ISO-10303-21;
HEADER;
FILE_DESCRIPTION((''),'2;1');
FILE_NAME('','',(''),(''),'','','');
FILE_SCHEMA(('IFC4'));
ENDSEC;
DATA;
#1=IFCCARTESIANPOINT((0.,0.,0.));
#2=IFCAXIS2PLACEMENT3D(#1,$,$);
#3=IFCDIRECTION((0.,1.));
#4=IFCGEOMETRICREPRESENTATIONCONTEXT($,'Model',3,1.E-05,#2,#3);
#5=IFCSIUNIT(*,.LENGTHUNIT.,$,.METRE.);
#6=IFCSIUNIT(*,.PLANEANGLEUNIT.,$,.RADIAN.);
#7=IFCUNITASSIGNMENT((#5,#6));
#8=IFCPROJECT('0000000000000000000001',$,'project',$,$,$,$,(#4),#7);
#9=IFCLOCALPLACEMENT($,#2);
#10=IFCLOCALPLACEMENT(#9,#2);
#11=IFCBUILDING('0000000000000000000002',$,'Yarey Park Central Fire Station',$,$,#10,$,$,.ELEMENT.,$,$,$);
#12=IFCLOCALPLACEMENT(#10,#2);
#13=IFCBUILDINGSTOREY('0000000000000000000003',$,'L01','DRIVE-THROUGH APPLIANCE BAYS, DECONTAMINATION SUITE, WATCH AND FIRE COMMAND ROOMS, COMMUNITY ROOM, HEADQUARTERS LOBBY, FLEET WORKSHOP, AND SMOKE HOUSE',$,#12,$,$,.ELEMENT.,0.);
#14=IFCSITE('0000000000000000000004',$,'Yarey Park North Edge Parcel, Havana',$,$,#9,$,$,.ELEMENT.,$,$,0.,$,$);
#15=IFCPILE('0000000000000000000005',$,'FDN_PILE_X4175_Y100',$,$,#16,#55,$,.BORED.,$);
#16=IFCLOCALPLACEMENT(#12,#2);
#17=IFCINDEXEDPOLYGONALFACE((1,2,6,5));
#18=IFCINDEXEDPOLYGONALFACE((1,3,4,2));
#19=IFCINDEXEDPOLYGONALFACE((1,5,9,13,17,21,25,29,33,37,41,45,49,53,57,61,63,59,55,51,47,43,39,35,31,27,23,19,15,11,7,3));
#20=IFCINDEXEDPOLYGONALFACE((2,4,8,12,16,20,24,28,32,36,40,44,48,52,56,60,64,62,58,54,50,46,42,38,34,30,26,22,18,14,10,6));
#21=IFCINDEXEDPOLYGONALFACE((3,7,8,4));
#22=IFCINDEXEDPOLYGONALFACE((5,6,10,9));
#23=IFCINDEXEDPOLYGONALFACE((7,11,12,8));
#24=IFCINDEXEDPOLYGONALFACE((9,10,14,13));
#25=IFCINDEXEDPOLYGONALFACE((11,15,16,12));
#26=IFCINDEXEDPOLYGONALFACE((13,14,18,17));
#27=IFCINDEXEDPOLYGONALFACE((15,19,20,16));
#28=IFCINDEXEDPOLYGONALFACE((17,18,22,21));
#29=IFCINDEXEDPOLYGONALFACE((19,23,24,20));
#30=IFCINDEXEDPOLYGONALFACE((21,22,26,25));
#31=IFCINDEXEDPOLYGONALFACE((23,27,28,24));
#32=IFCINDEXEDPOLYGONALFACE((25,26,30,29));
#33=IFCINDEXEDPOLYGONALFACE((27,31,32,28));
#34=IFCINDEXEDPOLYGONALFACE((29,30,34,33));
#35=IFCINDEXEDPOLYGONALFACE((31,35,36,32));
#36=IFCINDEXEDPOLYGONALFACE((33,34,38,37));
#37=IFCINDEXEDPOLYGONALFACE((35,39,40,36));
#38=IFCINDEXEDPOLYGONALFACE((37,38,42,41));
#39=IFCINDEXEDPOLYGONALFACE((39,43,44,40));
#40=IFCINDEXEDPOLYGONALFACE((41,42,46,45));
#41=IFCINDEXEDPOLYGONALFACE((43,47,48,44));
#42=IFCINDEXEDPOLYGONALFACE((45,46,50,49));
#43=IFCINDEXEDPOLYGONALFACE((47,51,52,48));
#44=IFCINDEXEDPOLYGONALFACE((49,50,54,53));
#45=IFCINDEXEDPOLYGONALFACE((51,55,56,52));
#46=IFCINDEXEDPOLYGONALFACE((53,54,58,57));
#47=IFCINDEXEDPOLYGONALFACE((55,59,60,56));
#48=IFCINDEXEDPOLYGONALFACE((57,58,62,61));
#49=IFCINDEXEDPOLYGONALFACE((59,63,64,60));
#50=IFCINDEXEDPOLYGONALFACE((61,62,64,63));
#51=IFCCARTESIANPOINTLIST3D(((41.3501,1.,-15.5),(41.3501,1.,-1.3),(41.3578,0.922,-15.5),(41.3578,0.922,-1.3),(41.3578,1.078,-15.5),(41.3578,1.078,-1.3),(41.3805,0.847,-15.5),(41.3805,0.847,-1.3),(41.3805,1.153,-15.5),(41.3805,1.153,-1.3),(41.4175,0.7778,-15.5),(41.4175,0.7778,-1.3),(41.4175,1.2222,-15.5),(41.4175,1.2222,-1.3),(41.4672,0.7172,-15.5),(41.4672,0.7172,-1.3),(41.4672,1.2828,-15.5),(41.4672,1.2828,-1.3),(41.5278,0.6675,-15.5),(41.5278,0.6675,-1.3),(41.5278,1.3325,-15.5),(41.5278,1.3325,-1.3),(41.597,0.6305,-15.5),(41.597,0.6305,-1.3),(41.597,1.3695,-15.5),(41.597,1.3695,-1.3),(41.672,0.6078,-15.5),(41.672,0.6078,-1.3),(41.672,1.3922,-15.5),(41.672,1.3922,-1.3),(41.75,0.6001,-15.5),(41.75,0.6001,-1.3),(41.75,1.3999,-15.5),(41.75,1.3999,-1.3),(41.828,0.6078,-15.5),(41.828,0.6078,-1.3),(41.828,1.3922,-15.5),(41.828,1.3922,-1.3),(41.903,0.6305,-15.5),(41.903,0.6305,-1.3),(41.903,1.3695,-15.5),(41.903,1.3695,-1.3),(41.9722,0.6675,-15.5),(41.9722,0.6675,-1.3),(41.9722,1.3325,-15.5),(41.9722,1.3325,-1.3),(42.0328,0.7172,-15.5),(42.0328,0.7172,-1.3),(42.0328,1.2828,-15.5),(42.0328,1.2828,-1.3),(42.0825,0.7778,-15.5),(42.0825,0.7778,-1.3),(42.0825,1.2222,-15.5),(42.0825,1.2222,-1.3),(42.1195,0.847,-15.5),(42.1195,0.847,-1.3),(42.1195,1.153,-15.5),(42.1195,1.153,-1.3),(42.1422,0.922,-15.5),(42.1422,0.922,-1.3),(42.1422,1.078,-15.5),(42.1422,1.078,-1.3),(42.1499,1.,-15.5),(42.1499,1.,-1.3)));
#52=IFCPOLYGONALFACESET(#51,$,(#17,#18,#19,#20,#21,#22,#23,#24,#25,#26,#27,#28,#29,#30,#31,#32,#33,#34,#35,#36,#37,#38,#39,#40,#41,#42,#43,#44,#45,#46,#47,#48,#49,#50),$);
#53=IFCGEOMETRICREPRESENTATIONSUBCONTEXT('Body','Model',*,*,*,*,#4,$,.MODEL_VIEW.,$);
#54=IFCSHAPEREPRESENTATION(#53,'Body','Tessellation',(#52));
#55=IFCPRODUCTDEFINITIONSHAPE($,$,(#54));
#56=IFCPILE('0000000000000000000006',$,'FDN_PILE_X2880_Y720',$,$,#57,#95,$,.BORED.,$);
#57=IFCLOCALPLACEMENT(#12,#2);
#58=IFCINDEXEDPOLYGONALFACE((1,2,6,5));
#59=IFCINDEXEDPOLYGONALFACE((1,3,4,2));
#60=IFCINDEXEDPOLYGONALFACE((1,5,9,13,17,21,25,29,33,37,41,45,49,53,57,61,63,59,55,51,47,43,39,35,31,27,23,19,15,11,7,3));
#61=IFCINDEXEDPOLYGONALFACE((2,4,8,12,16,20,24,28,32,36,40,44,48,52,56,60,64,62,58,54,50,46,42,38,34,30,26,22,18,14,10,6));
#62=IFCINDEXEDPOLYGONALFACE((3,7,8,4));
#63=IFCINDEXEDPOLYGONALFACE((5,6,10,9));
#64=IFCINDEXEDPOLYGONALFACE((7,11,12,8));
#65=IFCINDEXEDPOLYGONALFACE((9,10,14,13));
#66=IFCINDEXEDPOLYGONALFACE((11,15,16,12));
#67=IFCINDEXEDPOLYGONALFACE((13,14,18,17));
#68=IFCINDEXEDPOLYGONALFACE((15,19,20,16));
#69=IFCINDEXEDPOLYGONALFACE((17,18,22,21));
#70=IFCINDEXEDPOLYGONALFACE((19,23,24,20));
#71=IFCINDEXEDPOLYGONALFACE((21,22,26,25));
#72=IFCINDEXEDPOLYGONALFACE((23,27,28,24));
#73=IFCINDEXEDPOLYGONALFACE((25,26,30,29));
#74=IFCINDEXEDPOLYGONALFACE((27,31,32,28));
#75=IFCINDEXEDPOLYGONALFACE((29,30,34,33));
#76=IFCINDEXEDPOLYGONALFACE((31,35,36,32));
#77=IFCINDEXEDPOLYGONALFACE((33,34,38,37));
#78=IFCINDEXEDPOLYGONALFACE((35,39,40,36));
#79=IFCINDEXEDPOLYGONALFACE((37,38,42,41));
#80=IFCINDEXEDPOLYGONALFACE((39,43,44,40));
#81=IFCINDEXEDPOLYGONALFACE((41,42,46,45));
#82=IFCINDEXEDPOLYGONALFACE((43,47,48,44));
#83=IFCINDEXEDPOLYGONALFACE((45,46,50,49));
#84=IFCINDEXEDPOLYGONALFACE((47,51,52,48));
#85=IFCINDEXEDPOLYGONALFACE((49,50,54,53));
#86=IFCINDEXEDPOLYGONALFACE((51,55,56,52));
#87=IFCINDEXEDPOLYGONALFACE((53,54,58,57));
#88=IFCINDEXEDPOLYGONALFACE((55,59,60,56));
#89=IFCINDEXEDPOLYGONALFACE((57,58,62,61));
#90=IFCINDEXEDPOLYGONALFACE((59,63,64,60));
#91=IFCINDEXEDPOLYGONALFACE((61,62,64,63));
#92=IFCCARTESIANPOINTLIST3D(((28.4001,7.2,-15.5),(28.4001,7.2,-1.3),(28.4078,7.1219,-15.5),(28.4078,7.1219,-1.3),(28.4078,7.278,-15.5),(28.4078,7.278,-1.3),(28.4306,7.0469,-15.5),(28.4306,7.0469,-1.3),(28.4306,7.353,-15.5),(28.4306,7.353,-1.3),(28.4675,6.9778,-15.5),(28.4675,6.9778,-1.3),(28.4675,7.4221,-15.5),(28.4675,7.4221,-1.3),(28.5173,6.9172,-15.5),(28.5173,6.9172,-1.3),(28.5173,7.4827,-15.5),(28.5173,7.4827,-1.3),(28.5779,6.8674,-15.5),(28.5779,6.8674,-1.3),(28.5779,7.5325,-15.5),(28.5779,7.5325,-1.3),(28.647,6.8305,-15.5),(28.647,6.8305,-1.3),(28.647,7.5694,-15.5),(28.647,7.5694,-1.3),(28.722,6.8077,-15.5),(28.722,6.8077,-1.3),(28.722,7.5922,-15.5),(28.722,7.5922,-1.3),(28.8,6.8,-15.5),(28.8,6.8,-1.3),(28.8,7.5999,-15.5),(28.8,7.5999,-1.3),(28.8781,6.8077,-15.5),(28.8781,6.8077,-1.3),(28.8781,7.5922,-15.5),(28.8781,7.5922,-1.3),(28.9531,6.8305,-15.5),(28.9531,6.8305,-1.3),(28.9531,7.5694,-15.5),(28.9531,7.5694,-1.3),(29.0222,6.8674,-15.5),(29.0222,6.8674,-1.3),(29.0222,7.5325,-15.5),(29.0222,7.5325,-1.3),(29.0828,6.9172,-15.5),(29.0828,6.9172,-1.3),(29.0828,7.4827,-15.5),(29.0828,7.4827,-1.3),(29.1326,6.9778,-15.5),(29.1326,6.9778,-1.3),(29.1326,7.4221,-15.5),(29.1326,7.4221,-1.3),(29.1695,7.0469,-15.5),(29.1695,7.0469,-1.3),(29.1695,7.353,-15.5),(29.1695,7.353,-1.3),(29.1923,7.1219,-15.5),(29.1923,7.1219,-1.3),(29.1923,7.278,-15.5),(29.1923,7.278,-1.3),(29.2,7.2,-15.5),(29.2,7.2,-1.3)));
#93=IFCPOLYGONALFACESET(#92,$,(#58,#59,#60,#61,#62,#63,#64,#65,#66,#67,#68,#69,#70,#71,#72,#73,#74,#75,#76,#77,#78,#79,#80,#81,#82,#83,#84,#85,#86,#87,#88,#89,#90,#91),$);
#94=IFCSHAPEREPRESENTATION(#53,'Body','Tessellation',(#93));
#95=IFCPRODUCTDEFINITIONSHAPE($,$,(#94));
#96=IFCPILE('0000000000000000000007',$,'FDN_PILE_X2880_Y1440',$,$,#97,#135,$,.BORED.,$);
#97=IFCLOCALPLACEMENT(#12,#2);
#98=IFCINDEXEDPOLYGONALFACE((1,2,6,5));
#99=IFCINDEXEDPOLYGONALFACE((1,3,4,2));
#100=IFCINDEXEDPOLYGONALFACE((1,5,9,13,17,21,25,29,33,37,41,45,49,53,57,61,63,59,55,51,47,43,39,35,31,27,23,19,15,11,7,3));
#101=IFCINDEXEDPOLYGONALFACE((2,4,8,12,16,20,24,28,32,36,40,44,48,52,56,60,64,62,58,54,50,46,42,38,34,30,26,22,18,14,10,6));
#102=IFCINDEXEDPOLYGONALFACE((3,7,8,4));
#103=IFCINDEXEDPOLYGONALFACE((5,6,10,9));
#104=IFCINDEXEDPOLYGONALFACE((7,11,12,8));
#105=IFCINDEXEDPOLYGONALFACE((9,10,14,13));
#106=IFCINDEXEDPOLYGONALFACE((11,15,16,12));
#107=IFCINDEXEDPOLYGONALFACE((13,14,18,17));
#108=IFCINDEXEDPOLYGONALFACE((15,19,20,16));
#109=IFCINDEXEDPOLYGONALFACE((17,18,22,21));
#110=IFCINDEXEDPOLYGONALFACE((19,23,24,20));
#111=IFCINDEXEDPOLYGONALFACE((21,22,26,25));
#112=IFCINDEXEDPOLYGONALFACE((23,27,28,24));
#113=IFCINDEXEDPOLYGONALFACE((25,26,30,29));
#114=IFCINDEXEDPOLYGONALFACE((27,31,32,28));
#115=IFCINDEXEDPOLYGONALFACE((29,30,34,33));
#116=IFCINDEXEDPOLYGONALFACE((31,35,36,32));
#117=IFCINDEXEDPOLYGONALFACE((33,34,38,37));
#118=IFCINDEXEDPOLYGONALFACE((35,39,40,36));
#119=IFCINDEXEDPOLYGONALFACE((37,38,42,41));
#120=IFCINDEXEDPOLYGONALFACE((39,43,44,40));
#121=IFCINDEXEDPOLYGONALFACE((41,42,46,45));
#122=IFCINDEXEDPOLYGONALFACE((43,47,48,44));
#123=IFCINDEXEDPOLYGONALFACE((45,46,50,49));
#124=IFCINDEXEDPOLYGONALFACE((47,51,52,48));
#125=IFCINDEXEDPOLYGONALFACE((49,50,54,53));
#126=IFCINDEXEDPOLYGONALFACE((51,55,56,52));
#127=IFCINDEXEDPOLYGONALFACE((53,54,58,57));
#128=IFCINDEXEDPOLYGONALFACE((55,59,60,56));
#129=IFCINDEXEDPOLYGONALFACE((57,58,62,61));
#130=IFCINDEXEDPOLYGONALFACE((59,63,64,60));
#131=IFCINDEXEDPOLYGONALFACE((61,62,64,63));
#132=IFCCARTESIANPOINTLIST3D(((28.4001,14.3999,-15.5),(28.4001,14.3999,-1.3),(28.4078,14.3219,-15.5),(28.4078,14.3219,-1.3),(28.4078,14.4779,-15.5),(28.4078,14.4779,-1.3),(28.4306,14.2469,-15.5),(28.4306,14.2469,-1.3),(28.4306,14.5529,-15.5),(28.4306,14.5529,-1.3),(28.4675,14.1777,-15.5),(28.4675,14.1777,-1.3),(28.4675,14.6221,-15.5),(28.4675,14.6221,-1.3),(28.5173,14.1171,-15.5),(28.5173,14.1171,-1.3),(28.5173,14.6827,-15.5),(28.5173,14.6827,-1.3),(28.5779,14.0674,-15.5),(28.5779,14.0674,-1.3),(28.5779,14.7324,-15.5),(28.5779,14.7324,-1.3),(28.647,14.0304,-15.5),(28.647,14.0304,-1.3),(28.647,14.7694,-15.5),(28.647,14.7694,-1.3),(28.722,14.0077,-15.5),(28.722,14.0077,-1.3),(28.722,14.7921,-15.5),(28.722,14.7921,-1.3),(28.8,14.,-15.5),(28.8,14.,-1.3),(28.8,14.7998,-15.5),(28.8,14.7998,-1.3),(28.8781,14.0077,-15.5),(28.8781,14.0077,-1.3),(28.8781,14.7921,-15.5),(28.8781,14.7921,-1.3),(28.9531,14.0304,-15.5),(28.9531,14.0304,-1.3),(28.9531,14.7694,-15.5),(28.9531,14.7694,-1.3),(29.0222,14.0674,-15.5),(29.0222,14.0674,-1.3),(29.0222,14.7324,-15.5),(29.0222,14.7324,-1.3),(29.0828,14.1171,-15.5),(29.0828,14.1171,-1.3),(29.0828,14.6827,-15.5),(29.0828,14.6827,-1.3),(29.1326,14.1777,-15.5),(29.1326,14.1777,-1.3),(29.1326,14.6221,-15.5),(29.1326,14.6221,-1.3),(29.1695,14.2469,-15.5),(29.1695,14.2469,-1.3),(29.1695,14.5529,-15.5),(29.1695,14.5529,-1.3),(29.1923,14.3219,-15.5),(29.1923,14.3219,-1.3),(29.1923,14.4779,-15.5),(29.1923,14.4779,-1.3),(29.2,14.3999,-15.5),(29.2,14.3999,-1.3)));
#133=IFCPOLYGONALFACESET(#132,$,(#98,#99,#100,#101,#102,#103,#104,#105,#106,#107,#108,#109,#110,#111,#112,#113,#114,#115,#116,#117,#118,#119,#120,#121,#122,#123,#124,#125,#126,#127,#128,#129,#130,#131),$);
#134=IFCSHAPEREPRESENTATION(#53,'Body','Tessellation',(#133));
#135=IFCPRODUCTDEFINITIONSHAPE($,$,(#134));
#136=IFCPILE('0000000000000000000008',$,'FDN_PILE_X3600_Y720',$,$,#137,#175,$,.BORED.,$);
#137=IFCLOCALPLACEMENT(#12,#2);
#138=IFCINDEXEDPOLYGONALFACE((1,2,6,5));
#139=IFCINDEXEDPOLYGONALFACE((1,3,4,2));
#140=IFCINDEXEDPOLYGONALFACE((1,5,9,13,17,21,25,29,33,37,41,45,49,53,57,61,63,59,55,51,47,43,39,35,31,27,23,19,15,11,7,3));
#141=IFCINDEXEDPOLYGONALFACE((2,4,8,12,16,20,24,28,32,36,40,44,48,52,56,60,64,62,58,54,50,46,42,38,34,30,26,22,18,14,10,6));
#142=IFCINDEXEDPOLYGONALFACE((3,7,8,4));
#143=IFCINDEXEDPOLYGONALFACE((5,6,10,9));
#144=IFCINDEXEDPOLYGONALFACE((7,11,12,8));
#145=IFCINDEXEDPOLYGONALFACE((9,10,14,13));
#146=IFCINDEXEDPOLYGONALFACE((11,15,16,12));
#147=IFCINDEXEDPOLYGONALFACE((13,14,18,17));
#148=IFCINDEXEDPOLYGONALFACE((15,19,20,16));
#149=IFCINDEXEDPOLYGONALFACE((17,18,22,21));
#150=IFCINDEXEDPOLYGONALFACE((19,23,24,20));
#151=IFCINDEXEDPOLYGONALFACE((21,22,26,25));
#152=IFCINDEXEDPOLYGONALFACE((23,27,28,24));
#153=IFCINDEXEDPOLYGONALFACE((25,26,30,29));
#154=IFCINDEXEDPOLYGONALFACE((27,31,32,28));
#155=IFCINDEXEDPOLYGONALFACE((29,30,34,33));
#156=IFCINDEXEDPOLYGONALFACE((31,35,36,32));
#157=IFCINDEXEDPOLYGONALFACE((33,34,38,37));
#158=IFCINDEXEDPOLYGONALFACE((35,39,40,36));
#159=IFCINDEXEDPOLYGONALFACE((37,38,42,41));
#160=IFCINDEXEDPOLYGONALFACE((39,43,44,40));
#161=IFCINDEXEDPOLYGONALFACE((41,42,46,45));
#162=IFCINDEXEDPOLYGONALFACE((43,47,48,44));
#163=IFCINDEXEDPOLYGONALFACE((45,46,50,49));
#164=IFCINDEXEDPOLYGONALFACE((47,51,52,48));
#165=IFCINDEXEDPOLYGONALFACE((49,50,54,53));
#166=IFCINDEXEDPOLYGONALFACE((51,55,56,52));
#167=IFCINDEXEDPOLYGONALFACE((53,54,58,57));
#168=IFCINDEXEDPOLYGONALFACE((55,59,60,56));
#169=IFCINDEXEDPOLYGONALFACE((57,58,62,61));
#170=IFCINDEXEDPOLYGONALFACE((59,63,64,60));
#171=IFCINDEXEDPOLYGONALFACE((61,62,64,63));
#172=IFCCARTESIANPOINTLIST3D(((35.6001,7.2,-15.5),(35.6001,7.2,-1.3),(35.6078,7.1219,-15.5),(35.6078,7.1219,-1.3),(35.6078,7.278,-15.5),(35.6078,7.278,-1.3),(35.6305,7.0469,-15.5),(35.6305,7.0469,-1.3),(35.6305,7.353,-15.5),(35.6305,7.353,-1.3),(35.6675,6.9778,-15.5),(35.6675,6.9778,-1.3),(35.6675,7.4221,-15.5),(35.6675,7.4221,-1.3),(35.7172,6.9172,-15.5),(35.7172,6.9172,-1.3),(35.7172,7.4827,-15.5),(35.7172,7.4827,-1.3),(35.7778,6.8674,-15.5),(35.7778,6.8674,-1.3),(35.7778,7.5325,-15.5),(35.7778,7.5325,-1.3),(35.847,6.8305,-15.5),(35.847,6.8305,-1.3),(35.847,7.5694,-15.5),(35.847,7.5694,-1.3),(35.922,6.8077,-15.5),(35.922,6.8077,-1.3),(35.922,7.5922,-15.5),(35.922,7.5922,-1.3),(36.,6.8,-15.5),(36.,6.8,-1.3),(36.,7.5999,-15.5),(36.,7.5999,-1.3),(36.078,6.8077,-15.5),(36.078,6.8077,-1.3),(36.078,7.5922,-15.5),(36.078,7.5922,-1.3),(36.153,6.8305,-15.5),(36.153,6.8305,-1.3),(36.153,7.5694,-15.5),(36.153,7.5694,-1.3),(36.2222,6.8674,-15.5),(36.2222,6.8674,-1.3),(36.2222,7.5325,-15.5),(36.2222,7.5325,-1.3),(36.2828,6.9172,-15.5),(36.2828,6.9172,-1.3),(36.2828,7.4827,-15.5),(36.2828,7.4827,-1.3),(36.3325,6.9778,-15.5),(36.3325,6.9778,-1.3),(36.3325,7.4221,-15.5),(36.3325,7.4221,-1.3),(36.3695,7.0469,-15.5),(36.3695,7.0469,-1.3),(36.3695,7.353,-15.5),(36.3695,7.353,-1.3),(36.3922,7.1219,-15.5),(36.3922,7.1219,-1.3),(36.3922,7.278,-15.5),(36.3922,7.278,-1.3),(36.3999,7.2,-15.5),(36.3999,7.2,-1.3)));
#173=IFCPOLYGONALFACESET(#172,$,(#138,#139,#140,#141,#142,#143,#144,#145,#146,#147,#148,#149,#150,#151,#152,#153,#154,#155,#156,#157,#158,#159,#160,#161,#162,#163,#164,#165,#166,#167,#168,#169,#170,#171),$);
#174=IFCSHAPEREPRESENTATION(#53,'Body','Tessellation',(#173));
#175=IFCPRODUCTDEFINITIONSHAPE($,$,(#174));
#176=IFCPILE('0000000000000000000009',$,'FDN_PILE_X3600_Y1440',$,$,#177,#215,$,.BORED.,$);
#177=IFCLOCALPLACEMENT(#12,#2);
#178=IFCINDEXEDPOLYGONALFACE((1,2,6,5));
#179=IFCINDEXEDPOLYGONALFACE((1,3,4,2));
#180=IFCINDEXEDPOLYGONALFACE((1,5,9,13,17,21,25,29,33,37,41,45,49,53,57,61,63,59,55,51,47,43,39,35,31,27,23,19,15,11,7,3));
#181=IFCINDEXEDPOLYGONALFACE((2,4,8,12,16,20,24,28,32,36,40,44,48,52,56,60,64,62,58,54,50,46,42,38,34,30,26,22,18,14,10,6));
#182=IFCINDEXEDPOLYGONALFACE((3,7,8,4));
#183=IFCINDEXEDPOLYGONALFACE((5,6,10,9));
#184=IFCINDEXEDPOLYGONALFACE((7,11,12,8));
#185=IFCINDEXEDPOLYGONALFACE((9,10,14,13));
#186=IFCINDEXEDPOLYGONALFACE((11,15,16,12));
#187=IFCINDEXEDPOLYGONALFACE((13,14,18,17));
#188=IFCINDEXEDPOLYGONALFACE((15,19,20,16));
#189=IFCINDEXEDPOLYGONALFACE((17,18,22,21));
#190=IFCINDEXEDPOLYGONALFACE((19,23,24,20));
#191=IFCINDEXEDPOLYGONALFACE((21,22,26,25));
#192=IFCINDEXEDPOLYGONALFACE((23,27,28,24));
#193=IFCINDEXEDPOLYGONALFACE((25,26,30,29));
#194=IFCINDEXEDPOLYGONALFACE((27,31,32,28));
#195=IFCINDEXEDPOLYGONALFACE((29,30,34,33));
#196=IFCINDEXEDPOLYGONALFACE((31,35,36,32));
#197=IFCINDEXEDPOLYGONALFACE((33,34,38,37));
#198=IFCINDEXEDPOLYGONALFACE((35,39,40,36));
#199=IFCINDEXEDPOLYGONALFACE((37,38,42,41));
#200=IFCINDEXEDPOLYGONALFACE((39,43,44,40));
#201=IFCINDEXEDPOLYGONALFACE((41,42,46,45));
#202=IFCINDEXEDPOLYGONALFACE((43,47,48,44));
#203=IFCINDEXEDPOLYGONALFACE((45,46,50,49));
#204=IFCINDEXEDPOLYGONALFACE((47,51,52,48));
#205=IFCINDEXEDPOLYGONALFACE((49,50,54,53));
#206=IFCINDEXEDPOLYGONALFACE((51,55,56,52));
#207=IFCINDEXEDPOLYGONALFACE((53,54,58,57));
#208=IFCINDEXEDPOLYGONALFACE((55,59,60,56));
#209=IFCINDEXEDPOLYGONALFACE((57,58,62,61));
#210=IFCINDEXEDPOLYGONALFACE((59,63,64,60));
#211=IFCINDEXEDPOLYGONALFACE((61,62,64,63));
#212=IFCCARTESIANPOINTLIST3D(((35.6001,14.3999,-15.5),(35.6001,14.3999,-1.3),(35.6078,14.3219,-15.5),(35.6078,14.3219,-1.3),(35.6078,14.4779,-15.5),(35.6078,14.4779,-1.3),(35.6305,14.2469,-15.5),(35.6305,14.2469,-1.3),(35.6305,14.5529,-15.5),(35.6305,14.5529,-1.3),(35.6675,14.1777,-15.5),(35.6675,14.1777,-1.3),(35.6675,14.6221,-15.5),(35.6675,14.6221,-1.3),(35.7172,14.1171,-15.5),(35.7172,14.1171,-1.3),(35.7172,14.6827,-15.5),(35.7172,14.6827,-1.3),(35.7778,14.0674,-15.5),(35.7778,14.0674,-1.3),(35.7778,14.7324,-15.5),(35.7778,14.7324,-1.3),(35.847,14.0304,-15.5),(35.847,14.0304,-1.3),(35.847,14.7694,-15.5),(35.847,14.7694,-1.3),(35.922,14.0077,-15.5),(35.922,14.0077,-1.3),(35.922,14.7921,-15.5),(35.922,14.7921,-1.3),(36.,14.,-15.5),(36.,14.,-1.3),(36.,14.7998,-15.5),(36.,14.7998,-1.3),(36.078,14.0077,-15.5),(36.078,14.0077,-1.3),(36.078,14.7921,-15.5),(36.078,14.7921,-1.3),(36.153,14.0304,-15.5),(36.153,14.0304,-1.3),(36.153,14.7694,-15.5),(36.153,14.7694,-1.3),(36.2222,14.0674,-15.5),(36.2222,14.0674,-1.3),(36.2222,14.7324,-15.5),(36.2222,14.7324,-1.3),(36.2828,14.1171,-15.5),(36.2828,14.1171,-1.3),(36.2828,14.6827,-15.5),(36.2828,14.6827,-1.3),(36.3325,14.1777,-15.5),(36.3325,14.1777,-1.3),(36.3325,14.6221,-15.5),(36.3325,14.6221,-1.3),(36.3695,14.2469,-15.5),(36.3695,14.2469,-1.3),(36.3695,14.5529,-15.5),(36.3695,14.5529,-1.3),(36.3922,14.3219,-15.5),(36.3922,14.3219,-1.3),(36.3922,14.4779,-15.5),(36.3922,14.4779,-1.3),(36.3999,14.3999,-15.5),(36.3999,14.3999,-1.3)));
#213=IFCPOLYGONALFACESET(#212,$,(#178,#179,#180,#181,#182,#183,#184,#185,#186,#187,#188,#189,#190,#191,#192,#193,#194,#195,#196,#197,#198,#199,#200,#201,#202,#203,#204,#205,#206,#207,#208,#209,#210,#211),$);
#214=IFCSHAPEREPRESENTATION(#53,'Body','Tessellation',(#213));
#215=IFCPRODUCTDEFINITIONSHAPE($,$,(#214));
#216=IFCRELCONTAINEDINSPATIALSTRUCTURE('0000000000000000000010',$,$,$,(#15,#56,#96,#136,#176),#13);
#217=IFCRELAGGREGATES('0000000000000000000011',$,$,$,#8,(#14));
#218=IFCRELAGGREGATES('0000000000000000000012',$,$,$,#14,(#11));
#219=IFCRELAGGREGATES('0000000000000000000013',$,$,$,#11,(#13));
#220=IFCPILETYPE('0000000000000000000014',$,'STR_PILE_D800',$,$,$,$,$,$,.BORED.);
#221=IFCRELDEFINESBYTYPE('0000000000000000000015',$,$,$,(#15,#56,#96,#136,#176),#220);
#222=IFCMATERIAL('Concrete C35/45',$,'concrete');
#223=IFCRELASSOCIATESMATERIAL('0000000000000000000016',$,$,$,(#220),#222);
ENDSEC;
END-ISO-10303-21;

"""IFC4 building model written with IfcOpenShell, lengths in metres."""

from ifc_helpers import new_model, si_unit, direction, frame, origin, origin_2d, place, context, subcontext, project, spatial, circle, extrude, material, material_profile, profile_set, type_object, element, save


model = new_model("IFC4")

# Units and contexts
model_context = context("Model", 3, precision=1e-05, world=origin(), true_north=direction((0.0, 1.0)))
body_context = subcontext(model_context, "Body", "Model", "MODEL_VIEW")
ifc_project = project(units=[si_unit("LENGTHUNIT", "METRE"), si_unit("PLANEANGLEUNIT", "RADIAN")], contexts=[model_context])

# Site, building, storey
site_placement = place(None, origin())
site = spatial("IfcSite", under=ifc_project, at=site_placement, Name="Yarey Park North Edge Parcel, Havana", CompositionType="ELEMENT", RefElevation=0.0)
building_placement = place(site_placement, origin())
building = spatial("IfcBuilding", under=site, at=building_placement, Name="Yarey Park Central Fire Station", CompositionType="ELEMENT")
storey_placement = place(building_placement, origin())
storey = spatial("IfcBuildingStorey", under=building, at=storey_placement, Name="L01", Description="DRIVE-THROUGH APPLIANCE BAYS, DECONTAMINATION SUITE, WATCH AND FIRE COMMAND ROOMS, COMMUNITY ROOM, HEADQUARTERS LOBBY, FLEET WORKSHOP, AND SMOKE HOUSE", CompositionType="ELEMENT", Elevation=0.0)

# Shared definitions
ifc_material_1 = material(Name="Concrete C35/45", Category="concrete")

# Piles
ifc_material_profile_1 = material_profile(ifc_material_1, circle(Radius=0.3999, at=origin_2d()), Name="BORED PILE D800")
ifc_profile_set_1 = profile_set([ifc_material_profile_1], Name="Concrete C35/45")
pile_type = type_object("IfcPileType", Name="STR_PILE_D800", PredefinedType="BORED", material=ifc_profile_set_1)
for number, where, z_axis, x_axis, name in (
    (1, (41.75, 1.0, -1.3), (0.0, 0.0, -1.0), (1.0, 0.0, 0.0), "FDN_PILE_X4175_Y100"),
    (2, (28.8, 7.2, -1.3), (0.0, 0.0, -1.0), (1.0, 0.0, 0.0), "FDN_PILE_X2880_Y720"),
    (3, (28.8, 14.3999, -1.3), (0.0, 0.0, -1.0), (1.0, 0.0, 0.0), "FDN_PILE_X2880_Y1440"),
    (4, (36.0, 7.2, -1.3), (0.0, 0.0, -1.0), (1.0, 0.0, 0.0), "FDN_PILE_X3600_Y720"),
    (5, (36.0, 14.3999, -1.3), (0.0, 0.0, -1.0), (1.0, 0.0, 0.0), "FDN_PILE_X3600_Y1440"),
):
    element("IfcPile", number, at=place(storey_placement, frame(where, z_axis=z_axis, x_axis=x_axis)), inside=storey, type_object=pile_type, Name=name, PredefinedType="BORED", context=body_context, shape_type="SweptSolid", body=[
        extrude(circle(Radius=0.3999, at=origin_2d()), origin(), (0.0, 0.0, 1.0), 14.2),
    ])

save(model, "model.ifc")
